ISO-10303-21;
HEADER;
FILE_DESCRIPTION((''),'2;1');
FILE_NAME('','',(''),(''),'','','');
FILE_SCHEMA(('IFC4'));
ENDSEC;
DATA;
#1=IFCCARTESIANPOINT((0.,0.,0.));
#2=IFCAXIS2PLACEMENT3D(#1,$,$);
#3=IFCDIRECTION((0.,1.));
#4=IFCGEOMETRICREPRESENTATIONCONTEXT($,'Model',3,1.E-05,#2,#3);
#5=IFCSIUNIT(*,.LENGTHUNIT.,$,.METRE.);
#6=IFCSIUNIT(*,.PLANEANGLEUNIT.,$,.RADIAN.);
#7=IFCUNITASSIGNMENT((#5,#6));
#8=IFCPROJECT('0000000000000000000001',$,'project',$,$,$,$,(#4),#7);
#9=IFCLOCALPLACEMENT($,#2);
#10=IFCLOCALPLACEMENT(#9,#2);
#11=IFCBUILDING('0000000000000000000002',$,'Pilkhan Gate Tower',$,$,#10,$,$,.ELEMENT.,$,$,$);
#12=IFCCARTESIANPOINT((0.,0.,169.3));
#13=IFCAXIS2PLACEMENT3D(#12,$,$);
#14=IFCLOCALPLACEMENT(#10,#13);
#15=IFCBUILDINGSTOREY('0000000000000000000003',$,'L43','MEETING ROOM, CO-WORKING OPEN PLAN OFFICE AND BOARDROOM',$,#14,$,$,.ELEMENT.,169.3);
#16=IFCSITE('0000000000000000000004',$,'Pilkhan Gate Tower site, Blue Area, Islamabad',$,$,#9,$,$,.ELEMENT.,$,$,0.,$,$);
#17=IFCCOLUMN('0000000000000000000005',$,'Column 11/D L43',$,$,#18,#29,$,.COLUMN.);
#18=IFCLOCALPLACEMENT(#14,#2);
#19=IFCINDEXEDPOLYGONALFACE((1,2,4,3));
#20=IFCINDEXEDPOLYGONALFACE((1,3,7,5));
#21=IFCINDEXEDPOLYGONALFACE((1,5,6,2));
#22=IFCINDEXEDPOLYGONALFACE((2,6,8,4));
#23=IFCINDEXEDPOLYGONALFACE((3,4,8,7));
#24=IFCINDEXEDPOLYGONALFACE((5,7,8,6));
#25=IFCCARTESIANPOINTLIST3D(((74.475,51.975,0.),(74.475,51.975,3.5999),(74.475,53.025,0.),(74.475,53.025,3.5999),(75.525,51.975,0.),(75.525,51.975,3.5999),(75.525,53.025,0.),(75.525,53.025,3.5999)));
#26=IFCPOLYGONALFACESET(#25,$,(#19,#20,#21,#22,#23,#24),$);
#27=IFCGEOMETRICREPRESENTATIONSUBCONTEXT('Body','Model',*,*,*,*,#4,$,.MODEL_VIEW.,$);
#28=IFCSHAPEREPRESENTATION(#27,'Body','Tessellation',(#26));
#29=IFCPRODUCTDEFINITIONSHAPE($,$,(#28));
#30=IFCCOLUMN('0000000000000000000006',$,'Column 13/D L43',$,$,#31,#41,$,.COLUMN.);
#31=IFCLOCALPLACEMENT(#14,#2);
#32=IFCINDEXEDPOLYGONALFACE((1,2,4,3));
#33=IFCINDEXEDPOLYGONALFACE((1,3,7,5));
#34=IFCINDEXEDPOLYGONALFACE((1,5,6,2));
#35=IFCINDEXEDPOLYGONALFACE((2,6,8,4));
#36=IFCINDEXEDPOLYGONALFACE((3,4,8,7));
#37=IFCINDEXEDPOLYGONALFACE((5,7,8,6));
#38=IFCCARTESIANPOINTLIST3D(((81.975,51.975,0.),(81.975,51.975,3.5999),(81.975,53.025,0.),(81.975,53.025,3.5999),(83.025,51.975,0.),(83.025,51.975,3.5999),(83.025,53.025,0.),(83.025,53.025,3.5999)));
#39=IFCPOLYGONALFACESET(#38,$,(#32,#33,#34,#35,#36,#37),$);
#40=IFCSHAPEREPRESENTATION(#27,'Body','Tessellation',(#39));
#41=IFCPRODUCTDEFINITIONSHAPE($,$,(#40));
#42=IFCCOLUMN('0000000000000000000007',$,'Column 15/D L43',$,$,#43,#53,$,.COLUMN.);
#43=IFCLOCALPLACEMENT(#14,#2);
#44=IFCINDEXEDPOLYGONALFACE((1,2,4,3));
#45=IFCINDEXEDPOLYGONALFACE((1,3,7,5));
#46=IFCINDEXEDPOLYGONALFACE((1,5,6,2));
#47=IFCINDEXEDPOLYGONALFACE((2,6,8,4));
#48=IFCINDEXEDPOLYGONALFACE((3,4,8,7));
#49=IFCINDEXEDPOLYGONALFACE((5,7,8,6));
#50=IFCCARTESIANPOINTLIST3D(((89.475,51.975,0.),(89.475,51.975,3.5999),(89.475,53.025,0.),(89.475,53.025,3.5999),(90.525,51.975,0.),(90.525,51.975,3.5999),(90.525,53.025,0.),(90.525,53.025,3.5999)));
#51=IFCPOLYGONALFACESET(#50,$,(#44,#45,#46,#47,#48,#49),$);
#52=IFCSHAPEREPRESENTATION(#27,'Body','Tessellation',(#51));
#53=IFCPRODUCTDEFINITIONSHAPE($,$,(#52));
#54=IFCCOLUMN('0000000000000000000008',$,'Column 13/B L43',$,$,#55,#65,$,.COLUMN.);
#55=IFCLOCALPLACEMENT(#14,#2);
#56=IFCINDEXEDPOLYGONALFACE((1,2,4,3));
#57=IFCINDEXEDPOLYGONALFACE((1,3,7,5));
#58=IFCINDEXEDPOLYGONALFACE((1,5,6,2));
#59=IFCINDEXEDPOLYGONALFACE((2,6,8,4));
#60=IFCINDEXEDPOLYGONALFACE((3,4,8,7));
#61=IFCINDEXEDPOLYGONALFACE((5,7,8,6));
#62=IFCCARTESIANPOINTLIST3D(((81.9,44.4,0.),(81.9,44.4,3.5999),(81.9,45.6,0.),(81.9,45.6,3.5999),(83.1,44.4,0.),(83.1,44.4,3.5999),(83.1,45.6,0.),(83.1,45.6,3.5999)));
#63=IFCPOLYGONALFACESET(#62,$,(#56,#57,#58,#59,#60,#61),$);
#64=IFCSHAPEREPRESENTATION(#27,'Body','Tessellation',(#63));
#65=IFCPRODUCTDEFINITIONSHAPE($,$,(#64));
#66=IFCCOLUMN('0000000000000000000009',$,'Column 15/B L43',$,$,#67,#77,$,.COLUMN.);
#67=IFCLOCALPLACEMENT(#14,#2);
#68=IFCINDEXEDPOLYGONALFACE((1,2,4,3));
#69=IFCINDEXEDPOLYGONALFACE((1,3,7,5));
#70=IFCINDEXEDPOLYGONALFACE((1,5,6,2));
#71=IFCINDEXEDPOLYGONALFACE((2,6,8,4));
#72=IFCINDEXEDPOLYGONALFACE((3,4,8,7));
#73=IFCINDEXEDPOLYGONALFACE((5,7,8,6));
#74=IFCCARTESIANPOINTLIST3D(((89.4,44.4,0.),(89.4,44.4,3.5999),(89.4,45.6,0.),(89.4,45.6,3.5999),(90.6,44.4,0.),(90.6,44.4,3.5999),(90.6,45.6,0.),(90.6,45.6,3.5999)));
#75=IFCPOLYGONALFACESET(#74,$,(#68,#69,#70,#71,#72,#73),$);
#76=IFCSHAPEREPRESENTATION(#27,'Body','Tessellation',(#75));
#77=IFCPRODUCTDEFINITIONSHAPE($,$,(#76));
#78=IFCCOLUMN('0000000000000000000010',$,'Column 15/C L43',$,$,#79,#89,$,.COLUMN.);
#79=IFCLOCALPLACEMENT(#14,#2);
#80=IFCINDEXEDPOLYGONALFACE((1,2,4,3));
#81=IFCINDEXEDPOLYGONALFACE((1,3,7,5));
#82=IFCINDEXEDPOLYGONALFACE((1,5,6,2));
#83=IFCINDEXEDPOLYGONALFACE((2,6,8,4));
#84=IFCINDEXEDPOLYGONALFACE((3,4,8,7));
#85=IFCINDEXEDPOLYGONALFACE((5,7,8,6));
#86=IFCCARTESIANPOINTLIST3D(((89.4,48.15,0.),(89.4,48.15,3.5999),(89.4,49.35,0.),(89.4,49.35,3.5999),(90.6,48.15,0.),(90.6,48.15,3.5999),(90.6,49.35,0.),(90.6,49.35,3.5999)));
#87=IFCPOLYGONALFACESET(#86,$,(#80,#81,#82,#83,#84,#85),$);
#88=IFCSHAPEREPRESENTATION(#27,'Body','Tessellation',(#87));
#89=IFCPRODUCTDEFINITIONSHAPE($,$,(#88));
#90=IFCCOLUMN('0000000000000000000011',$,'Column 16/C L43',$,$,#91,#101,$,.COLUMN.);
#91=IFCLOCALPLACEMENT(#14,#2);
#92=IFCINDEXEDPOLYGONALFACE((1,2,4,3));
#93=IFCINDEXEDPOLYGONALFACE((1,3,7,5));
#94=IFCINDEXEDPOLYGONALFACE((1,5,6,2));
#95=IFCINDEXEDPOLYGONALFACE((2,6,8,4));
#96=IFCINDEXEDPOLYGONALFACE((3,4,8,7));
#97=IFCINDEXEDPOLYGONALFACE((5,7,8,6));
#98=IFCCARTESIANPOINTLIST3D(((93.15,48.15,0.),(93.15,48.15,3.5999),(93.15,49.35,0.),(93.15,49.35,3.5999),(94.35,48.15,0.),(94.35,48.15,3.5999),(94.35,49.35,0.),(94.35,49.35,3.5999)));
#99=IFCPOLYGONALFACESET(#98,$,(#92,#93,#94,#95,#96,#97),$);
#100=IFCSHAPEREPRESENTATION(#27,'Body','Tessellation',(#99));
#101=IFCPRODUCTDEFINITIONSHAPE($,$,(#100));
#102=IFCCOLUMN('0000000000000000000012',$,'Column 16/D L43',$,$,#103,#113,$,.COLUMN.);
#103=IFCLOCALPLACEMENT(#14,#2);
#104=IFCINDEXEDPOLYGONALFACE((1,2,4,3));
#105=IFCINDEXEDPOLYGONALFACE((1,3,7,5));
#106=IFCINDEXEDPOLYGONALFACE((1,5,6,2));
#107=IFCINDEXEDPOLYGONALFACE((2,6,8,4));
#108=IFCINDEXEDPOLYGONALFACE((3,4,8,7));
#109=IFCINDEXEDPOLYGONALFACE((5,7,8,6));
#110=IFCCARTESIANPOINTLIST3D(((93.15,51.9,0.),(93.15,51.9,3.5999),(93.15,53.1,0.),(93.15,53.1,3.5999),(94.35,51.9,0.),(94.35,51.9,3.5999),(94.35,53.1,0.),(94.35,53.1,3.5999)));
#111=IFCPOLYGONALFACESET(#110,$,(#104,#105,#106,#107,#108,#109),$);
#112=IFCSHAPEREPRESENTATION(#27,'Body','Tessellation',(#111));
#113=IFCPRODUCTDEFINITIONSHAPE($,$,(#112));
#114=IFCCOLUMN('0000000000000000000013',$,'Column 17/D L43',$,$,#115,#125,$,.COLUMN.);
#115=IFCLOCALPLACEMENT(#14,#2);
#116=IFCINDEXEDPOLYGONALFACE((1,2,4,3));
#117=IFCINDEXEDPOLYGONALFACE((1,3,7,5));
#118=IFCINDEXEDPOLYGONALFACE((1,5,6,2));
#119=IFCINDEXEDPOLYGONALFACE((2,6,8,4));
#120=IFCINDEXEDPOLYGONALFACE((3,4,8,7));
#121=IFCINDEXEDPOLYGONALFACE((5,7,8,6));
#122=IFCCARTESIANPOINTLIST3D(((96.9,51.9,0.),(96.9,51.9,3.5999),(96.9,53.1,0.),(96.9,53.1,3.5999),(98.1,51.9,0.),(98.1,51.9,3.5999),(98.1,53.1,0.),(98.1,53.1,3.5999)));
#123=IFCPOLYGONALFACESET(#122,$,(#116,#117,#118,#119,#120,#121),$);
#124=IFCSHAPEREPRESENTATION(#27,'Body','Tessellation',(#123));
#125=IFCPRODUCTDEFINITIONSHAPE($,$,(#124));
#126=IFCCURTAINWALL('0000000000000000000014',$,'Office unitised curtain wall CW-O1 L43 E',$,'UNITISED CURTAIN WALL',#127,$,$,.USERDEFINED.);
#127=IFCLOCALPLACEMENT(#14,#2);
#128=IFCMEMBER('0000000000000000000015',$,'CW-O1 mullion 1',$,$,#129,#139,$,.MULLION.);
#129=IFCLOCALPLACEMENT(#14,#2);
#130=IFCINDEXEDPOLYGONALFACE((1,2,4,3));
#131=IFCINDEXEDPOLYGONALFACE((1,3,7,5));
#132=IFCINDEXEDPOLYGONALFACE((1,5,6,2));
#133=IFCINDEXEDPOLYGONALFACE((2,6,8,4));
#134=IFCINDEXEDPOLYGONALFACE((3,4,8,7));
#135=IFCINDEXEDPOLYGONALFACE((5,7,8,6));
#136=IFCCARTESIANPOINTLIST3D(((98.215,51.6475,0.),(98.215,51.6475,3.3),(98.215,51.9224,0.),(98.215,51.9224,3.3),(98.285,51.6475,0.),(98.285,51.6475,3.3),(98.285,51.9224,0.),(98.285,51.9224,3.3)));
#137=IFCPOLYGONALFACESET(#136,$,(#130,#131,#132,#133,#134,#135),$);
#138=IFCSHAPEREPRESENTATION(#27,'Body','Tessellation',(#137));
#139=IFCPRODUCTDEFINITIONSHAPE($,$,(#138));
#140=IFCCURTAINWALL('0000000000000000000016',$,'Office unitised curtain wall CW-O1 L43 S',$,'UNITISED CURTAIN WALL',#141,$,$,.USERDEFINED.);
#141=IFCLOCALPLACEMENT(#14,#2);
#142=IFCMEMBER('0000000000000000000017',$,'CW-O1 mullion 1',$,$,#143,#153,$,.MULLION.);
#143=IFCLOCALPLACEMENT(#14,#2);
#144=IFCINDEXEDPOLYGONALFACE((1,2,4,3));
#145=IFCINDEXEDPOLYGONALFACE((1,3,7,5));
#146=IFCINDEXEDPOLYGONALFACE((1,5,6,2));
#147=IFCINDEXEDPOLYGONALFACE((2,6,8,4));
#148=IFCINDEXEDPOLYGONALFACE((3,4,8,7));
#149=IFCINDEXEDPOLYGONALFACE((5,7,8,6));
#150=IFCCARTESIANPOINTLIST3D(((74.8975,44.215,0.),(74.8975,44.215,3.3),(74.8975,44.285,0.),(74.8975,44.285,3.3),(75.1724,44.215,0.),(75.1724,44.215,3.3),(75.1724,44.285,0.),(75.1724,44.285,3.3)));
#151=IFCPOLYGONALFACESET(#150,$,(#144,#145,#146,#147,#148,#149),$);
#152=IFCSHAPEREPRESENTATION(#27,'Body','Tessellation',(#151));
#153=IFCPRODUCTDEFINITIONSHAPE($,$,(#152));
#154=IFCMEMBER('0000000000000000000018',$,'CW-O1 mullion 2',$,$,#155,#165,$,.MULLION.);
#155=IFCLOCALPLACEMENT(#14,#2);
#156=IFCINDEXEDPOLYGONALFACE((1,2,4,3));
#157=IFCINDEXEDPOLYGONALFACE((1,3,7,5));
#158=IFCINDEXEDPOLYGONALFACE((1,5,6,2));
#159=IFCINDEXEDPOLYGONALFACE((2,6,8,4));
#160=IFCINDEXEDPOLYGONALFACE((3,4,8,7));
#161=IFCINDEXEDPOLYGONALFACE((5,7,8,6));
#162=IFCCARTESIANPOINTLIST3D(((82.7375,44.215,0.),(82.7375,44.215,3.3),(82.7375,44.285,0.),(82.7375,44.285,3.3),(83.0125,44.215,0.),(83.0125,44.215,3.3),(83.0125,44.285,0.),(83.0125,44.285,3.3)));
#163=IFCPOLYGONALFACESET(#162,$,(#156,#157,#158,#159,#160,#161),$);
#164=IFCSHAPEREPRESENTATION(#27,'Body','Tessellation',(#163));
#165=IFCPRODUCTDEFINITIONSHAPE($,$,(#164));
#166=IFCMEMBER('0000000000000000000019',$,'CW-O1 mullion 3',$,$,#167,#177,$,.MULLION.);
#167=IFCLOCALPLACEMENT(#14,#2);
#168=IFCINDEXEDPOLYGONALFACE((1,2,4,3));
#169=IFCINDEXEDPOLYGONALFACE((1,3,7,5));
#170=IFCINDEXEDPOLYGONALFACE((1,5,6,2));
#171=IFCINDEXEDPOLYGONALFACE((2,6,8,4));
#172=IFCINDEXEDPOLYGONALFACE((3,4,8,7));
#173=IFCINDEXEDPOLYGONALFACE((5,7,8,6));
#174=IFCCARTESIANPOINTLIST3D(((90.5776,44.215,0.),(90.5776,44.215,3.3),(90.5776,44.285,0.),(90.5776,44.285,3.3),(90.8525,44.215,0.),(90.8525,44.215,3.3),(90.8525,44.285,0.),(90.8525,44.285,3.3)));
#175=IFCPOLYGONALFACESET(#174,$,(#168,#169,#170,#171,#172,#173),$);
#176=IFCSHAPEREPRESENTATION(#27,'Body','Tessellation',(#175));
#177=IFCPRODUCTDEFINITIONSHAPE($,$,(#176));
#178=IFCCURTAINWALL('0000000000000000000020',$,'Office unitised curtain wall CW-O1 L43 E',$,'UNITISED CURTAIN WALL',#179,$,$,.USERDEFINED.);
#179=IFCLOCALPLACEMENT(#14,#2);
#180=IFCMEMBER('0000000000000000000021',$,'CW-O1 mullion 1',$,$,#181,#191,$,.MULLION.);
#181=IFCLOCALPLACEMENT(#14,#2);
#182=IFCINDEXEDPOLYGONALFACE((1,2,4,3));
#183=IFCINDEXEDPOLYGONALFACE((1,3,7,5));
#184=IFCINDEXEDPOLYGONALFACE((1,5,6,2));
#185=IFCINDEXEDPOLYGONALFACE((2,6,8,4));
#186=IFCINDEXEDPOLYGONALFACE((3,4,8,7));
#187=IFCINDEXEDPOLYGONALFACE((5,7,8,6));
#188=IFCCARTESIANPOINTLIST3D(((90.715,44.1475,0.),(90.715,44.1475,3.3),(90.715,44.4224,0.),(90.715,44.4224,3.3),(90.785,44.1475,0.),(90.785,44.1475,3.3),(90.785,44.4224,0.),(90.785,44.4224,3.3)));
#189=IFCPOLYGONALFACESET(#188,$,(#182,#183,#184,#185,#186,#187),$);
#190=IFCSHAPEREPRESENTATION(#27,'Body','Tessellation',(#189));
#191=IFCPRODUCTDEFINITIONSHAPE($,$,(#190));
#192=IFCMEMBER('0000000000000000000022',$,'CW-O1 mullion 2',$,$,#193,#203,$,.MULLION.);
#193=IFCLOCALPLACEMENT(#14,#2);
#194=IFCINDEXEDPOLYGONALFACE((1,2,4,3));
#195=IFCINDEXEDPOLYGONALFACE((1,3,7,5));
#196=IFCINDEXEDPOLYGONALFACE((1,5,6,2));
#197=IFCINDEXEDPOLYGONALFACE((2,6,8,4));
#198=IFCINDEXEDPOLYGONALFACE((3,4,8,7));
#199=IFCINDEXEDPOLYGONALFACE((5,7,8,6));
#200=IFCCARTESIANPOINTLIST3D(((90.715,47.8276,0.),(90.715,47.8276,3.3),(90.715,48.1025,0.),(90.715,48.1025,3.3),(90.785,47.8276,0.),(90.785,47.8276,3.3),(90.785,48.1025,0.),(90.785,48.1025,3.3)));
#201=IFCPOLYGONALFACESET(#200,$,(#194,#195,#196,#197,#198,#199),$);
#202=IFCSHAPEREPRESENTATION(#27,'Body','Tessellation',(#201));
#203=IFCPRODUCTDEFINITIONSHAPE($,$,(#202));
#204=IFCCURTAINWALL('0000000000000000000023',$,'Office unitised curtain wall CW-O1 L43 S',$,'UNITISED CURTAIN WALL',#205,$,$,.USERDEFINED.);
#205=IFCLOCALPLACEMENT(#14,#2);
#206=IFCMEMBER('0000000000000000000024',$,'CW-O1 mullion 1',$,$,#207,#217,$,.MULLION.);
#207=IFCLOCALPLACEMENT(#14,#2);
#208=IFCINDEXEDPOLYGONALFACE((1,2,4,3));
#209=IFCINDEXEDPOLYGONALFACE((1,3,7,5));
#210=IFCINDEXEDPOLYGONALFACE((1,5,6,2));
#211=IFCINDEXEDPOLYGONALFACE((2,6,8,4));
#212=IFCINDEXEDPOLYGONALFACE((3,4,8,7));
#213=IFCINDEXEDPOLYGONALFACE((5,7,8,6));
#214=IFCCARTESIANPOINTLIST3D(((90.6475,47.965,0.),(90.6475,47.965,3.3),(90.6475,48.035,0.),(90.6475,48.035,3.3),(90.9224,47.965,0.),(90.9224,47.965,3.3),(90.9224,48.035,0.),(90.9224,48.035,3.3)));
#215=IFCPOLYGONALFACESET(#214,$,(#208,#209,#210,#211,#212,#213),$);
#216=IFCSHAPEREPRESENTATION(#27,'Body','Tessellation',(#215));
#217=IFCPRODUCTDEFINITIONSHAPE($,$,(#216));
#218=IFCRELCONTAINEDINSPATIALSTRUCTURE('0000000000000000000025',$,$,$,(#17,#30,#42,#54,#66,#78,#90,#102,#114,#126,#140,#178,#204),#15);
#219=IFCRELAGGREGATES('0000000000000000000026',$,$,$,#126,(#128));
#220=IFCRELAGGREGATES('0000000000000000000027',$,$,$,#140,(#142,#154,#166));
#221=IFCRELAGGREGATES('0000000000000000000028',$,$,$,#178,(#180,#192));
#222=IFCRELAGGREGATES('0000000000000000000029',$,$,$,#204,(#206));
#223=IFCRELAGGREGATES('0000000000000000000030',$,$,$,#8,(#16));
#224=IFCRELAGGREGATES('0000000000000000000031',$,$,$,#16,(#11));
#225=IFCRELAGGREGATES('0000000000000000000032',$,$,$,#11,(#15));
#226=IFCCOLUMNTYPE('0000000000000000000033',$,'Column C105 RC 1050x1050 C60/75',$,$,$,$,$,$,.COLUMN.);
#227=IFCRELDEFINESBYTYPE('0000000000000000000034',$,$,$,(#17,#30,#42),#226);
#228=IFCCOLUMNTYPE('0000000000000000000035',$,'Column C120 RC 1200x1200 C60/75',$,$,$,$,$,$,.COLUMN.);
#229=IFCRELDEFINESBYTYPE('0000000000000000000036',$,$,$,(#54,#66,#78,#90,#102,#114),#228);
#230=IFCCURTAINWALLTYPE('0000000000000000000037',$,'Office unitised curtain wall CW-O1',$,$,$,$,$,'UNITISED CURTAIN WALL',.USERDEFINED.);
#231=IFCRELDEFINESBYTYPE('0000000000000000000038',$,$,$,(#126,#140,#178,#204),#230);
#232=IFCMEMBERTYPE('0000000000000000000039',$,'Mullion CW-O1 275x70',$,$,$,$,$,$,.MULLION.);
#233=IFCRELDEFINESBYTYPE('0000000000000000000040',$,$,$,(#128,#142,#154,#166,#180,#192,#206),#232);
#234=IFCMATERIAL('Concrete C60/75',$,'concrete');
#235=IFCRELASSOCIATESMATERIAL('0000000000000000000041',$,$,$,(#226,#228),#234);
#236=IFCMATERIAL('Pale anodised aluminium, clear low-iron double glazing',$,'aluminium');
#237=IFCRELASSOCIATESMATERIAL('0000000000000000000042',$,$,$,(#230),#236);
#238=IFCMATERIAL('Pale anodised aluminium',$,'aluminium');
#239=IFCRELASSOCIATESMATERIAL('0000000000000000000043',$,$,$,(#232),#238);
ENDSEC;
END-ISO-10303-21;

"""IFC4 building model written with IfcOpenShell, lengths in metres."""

from ifc_helpers import new_model, si_unit, direction, frame, origin, origin_2d, place, context, subcontext, project, spatial, rectangle, extrude, material, material_profile, profile_set, type_object, element, aggregate, save


model = new_model("IFC4")

# Units and contexts
model_context = context("Model", 3, precision=1e-05, world=origin(), true_north=direction((0.0, 1.0)))
body_context = subcontext(model_context, "Body", "Model", "MODEL_VIEW")
ifc_project = project(units=[si_unit("LENGTHUNIT", "METRE"), si_unit("PLANEANGLEUNIT", "RADIAN")], contexts=[model_context])

# Site, building, storey
site_placement = place(None, origin())
site = spatial("IfcSite", under=ifc_project, at=site_placement, Name="Pilkhan Gate Tower site, Blue Area, Islamabad", CompositionType="ELEMENT", RefElevation=0.0)
building_placement = place(site_placement, origin())
building = spatial("IfcBuilding", under=site, at=building_placement, Name="Pilkhan Gate Tower", CompositionType="ELEMENT")
storey_placement = place(building_placement, frame((0.0, 0.0, 169.3)))
storey = spatial("IfcBuildingStorey", under=building, at=storey_placement, Name="L43", Description="MEETING ROOM, CO-WORKING OPEN PLAN OFFICE AND BOARDROOM", CompositionType="ELEMENT", Elevation=169.3)

# Columns
ifc_material_1 = material(Name="Concrete C60/75", Category="concrete")
ifc_material_profile_1 = material_profile(ifc_material_1, rectangle(XDim=1.05, YDim=1.05, at=origin_2d()), Name="RC 1050x1050")
ifc_profile_set_1 = profile_set([ifc_material_profile_1], Name="Concrete C60/75")
column_type_1 = type_object("IfcColumnType", Name="Column C105 RC 1050x1050 C60/75", PredefinedType="COLUMN", material=ifc_profile_set_1)
for number, where, z_axis, x_axis, name in (
    (1, (75.0, 52.5, 0.0), (0.0, 0.0, 1.0), (1.0, 0.0, 0.0), "Column 11/D L43"),
    (2, (82.5, 52.5, 0.0), (0.0, 0.0, 1.0), (1.0, 0.0, 0.0), "Column 13/D L43"),
    (3, (90.0, 52.5, 0.0), (0.0, 0.0, 1.0), (1.0, 0.0, 0.0), "Column 15/D L43"),
):
    element("IfcColumn", number, at=place(storey_placement, frame(where, z_axis=z_axis, x_axis=x_axis)), inside=storey, type_object=column_type_1, Name=name, PredefinedType="COLUMN", context=body_context, shape_type="SweptSolid", body=[
        extrude(rectangle(XDim=1.05, YDim=1.05, at=origin_2d()), origin(), (0.0, 0.0, 1.0), 3.5999),
    ])
ifc_material_profile_2 = material_profile(ifc_material_1, rectangle(XDim=1.2, YDim=1.2, at=origin_2d()), Name="RC 1200x1200")
ifc_profile_set_2 = profile_set([ifc_material_profile_2], Name="Concrete C60/75")
column_type_2 = type_object("IfcColumnType", Name="Column C120 RC 1200x1200 C60/75", PredefinedType="COLUMN", material=ifc_profile_set_2)
for number, where, z_axis, x_axis, name in (
    (4, (82.5, 45.0, 0.0), (0.0, 0.0, 1.0), (1.0, 0.0, 0.0), "Column 13/B L43"),
    (5, (90.0, 45.0, 0.0), (0.0, 0.0, 1.0), (1.0, 0.0, 0.0), "Column 15/B L43"),
    (6, (90.0, 48.75, 0.0), (0.0, 0.0, 1.0), (1.0, 0.0, 0.0), "Column 15/C L43"),
    (7, (93.75, 48.75, 0.0), (0.0, 0.0, 1.0), (1.0, 0.0, 0.0), "Column 16/C L43"),
    (8, (93.75, 52.5, 0.0), (0.0, 0.0, 1.0), (1.0, 0.0, 0.0), "Column 16/D L43"),
    (9, (97.5, 52.5, 0.0), (0.0, 0.0, 1.0), (1.0, 0.0, 0.0), "Column 17/D L43"),
):
    element("IfcColumn", number, at=place(storey_placement, frame(where, z_axis=z_axis, x_axis=x_axis)), inside=storey, type_object=column_type_2, Name=name, PredefinedType="COLUMN", context=body_context, shape_type="SweptSolid", body=[
        extrude(rectangle(XDim=1.2, YDim=1.2, at=origin_2d()), origin(), (0.0, 0.0, 1.0), 3.5999),
    ])

# Curtain wall, member
ifc_material_2 = material(Name="Pale anodised aluminium, clear low-iron double glazing", Category="aluminium")
curtain_wall_type = type_object("IfcCurtainWallType", Name="Office unitised curtain wall CW-O1", ElementType="UNITISED CURTAIN WALL", PredefinedType="USERDEFINED", material=ifc_material_2)
curtain_wall_1_placement = place(storey_placement, origin())
curtain_wall_1 = element("IfcCurtainWall", 10, at=curtain_wall_1_placement, inside=storey, type_object=curtain_wall_type, Name="Office unitised curtain wall CW-O1 L43 E", ObjectType="UNITISED CURTAIN WALL", PredefinedType="USERDEFINED")
ifc_material_3 = material(Name="Pale anodised aluminium", Category="aluminium")
ifc_material_profile_3 = material_profile(ifc_material_3, rectangle(XDim=0.0701, YDim=0.2749, at=origin_2d()), Name="Mullion 275x70")
ifc_profile_set_3 = profile_set([ifc_material_profile_3], Name="Pale anodised aluminium")
member_type_1 = type_object("IfcMemberType", Name="Mullion CW-O1 275x70", PredefinedType="MULLION", material=ifc_profile_set_3)
member_1_placement = place(storey_placement, frame((98.25, 51.7849, 0.0), z_axis=(0.0, 0.0, 1.0), x_axis=(-1.0, 0.0, 0.0)))
member_1 = element("IfcMember", 11, at=member_1_placement, type_object=member_type_1, Name="CW-O1 mullion 1", PredefinedType="MULLION", context=body_context, shape_type="SweptSolid", body=[
    extrude(rectangle(XDim=0.0701, YDim=0.2749, at=origin_2d()), origin(), (0.0, 0.0, 1.0), 3.3),
])

# Curtain walls, members
curtain_wall_2_placement = place(storey_placement, origin())
curtain_wall_2 = element("IfcCurtainWall", 12, at=curtain_wall_2_placement, inside=storey, type_object=curtain_wall_type, Name="Office unitised curtain wall CW-O1 L43 S", ObjectType="UNITISED CURTAIN WALL", PredefinedType="USERDEFINED")
member_2_placement = place(storey_placement, frame((75.0349, 44.25, 0.0), z_axis=(0.0, 0.0, 1.0), x_axis=(0.0, 1.0, 0.0)))
member_2 = element("IfcMember", 13, at=member_2_placement, type_object=member_type_1, Name="CW-O1 mullion 1", PredefinedType="MULLION", context=body_context, shape_type="SweptSolid", body=[
    extrude(rectangle(XDim=0.0701, YDim=0.2749, at=origin_2d()), origin(), (0.0, 0.0, 1.0), 3.3),
])
member_3_placement = place(storey_placement, frame((82.875, 44.25, 0.0), z_axis=(0.0, 0.0, 1.0), x_axis=(0.0, 1.0, 0.0)))
member_3 = element("IfcMember", 14, at=member_3_placement, type_object=member_type_1, Name="CW-O1 mullion 2", PredefinedType="MULLION", context=body_context, shape_type="SweptSolid", body=[
    extrude(rectangle(XDim=0.0701, YDim=0.2749, at=origin_2d()), origin(), (0.0, 0.0, 1.0), 3.3),
])
member_4_placement = place(storey_placement, frame((90.7151, 44.25, 0.0), z_axis=(0.0, 0.0, 1.0), x_axis=(0.0, 1.0, 0.0)))
member_4 = element("IfcMember", 15, at=member_4_placement, type_object=member_type_1, Name="CW-O1 mullion 3", PredefinedType="MULLION", context=body_context, shape_type="SweptSolid", body=[
    extrude(rectangle(XDim=0.0701, YDim=0.2749, at=origin_2d()), origin(), (0.0, 0.0, 1.0), 3.3),
])
curtain_wall_3_placement = place(storey_placement, origin())
curtain_wall_3 = element("IfcCurtainWall", 16, at=curtain_wall_3_placement, inside=storey, type_object=curtain_wall_type, Name="Office unitised curtain wall CW-O1 L43 E", ObjectType="UNITISED CURTAIN WALL", PredefinedType="USERDEFINED")
member_5_placement = place(storey_placement, frame((90.75, 44.2849, 0.0), z_axis=(0.0, 0.0, 1.0), x_axis=(-1.0, 0.0, 0.0)))
member_5 = element("IfcMember", 17, at=member_5_placement, type_object=member_type_1, Name="CW-O1 mullion 1", PredefinedType="MULLION", context=body_context, shape_type="SweptSolid", body=[
    extrude(rectangle(XDim=0.0701, YDim=0.2749, at=origin_2d()), origin(), (0.0, 0.0, 1.0), 3.3),
])
member_6_placement = place(storey_placement, frame((90.75, 47.9651, 0.0), z_axis=(0.0, 0.0, 1.0), x_axis=(-1.0, 0.0, 0.0)))
member_6 = element("IfcMember", 18, at=member_6_placement, type_object=member_type_1, Name="CW-O1 mullion 2", PredefinedType="MULLION", context=body_context, shape_type="SweptSolid", body=[
    extrude(rectangle(XDim=0.0701, YDim=0.2749, at=origin_2d()), origin(), (0.0, 0.0, 1.0), 3.3),
])
curtain_wall_4_placement = place(storey_placement, origin())
curtain_wall_4 = element("IfcCurtainWall", 19, at=curtain_wall_4_placement, inside=storey, type_object=curtain_wall_type, Name="Office unitised curtain wall CW-O1 L43 S", ObjectType="UNITISED CURTAIN WALL", PredefinedType="USERDEFINED")
member_7_placement = place(storey_placement, frame((90.7849, 48.0, 0.0), z_axis=(0.0, 0.0, 1.0), x_axis=(0.0, 1.0, 0.0)))
member_7 = element("IfcMember", 20, at=member_7_placement, type_object=member_type_1, Name="CW-O1 mullion 1", PredefinedType="MULLION", context=body_context, shape_type="SweptSolid", body=[
    extrude(rectangle(XDim=0.0701, YDim=0.2749, at=origin_2d()), origin(), (0.0, 0.0, 1.0), 3.3),
])

aggregate(curtain_wall_1, [member_1])

aggregate(curtain_wall_2, [member_2, member_3, member_4])
aggregate(curtain_wall_3, [member_5, member_6])
aggregate(curtain_wall_4, [member_7])

save(model, "model.ifc")
